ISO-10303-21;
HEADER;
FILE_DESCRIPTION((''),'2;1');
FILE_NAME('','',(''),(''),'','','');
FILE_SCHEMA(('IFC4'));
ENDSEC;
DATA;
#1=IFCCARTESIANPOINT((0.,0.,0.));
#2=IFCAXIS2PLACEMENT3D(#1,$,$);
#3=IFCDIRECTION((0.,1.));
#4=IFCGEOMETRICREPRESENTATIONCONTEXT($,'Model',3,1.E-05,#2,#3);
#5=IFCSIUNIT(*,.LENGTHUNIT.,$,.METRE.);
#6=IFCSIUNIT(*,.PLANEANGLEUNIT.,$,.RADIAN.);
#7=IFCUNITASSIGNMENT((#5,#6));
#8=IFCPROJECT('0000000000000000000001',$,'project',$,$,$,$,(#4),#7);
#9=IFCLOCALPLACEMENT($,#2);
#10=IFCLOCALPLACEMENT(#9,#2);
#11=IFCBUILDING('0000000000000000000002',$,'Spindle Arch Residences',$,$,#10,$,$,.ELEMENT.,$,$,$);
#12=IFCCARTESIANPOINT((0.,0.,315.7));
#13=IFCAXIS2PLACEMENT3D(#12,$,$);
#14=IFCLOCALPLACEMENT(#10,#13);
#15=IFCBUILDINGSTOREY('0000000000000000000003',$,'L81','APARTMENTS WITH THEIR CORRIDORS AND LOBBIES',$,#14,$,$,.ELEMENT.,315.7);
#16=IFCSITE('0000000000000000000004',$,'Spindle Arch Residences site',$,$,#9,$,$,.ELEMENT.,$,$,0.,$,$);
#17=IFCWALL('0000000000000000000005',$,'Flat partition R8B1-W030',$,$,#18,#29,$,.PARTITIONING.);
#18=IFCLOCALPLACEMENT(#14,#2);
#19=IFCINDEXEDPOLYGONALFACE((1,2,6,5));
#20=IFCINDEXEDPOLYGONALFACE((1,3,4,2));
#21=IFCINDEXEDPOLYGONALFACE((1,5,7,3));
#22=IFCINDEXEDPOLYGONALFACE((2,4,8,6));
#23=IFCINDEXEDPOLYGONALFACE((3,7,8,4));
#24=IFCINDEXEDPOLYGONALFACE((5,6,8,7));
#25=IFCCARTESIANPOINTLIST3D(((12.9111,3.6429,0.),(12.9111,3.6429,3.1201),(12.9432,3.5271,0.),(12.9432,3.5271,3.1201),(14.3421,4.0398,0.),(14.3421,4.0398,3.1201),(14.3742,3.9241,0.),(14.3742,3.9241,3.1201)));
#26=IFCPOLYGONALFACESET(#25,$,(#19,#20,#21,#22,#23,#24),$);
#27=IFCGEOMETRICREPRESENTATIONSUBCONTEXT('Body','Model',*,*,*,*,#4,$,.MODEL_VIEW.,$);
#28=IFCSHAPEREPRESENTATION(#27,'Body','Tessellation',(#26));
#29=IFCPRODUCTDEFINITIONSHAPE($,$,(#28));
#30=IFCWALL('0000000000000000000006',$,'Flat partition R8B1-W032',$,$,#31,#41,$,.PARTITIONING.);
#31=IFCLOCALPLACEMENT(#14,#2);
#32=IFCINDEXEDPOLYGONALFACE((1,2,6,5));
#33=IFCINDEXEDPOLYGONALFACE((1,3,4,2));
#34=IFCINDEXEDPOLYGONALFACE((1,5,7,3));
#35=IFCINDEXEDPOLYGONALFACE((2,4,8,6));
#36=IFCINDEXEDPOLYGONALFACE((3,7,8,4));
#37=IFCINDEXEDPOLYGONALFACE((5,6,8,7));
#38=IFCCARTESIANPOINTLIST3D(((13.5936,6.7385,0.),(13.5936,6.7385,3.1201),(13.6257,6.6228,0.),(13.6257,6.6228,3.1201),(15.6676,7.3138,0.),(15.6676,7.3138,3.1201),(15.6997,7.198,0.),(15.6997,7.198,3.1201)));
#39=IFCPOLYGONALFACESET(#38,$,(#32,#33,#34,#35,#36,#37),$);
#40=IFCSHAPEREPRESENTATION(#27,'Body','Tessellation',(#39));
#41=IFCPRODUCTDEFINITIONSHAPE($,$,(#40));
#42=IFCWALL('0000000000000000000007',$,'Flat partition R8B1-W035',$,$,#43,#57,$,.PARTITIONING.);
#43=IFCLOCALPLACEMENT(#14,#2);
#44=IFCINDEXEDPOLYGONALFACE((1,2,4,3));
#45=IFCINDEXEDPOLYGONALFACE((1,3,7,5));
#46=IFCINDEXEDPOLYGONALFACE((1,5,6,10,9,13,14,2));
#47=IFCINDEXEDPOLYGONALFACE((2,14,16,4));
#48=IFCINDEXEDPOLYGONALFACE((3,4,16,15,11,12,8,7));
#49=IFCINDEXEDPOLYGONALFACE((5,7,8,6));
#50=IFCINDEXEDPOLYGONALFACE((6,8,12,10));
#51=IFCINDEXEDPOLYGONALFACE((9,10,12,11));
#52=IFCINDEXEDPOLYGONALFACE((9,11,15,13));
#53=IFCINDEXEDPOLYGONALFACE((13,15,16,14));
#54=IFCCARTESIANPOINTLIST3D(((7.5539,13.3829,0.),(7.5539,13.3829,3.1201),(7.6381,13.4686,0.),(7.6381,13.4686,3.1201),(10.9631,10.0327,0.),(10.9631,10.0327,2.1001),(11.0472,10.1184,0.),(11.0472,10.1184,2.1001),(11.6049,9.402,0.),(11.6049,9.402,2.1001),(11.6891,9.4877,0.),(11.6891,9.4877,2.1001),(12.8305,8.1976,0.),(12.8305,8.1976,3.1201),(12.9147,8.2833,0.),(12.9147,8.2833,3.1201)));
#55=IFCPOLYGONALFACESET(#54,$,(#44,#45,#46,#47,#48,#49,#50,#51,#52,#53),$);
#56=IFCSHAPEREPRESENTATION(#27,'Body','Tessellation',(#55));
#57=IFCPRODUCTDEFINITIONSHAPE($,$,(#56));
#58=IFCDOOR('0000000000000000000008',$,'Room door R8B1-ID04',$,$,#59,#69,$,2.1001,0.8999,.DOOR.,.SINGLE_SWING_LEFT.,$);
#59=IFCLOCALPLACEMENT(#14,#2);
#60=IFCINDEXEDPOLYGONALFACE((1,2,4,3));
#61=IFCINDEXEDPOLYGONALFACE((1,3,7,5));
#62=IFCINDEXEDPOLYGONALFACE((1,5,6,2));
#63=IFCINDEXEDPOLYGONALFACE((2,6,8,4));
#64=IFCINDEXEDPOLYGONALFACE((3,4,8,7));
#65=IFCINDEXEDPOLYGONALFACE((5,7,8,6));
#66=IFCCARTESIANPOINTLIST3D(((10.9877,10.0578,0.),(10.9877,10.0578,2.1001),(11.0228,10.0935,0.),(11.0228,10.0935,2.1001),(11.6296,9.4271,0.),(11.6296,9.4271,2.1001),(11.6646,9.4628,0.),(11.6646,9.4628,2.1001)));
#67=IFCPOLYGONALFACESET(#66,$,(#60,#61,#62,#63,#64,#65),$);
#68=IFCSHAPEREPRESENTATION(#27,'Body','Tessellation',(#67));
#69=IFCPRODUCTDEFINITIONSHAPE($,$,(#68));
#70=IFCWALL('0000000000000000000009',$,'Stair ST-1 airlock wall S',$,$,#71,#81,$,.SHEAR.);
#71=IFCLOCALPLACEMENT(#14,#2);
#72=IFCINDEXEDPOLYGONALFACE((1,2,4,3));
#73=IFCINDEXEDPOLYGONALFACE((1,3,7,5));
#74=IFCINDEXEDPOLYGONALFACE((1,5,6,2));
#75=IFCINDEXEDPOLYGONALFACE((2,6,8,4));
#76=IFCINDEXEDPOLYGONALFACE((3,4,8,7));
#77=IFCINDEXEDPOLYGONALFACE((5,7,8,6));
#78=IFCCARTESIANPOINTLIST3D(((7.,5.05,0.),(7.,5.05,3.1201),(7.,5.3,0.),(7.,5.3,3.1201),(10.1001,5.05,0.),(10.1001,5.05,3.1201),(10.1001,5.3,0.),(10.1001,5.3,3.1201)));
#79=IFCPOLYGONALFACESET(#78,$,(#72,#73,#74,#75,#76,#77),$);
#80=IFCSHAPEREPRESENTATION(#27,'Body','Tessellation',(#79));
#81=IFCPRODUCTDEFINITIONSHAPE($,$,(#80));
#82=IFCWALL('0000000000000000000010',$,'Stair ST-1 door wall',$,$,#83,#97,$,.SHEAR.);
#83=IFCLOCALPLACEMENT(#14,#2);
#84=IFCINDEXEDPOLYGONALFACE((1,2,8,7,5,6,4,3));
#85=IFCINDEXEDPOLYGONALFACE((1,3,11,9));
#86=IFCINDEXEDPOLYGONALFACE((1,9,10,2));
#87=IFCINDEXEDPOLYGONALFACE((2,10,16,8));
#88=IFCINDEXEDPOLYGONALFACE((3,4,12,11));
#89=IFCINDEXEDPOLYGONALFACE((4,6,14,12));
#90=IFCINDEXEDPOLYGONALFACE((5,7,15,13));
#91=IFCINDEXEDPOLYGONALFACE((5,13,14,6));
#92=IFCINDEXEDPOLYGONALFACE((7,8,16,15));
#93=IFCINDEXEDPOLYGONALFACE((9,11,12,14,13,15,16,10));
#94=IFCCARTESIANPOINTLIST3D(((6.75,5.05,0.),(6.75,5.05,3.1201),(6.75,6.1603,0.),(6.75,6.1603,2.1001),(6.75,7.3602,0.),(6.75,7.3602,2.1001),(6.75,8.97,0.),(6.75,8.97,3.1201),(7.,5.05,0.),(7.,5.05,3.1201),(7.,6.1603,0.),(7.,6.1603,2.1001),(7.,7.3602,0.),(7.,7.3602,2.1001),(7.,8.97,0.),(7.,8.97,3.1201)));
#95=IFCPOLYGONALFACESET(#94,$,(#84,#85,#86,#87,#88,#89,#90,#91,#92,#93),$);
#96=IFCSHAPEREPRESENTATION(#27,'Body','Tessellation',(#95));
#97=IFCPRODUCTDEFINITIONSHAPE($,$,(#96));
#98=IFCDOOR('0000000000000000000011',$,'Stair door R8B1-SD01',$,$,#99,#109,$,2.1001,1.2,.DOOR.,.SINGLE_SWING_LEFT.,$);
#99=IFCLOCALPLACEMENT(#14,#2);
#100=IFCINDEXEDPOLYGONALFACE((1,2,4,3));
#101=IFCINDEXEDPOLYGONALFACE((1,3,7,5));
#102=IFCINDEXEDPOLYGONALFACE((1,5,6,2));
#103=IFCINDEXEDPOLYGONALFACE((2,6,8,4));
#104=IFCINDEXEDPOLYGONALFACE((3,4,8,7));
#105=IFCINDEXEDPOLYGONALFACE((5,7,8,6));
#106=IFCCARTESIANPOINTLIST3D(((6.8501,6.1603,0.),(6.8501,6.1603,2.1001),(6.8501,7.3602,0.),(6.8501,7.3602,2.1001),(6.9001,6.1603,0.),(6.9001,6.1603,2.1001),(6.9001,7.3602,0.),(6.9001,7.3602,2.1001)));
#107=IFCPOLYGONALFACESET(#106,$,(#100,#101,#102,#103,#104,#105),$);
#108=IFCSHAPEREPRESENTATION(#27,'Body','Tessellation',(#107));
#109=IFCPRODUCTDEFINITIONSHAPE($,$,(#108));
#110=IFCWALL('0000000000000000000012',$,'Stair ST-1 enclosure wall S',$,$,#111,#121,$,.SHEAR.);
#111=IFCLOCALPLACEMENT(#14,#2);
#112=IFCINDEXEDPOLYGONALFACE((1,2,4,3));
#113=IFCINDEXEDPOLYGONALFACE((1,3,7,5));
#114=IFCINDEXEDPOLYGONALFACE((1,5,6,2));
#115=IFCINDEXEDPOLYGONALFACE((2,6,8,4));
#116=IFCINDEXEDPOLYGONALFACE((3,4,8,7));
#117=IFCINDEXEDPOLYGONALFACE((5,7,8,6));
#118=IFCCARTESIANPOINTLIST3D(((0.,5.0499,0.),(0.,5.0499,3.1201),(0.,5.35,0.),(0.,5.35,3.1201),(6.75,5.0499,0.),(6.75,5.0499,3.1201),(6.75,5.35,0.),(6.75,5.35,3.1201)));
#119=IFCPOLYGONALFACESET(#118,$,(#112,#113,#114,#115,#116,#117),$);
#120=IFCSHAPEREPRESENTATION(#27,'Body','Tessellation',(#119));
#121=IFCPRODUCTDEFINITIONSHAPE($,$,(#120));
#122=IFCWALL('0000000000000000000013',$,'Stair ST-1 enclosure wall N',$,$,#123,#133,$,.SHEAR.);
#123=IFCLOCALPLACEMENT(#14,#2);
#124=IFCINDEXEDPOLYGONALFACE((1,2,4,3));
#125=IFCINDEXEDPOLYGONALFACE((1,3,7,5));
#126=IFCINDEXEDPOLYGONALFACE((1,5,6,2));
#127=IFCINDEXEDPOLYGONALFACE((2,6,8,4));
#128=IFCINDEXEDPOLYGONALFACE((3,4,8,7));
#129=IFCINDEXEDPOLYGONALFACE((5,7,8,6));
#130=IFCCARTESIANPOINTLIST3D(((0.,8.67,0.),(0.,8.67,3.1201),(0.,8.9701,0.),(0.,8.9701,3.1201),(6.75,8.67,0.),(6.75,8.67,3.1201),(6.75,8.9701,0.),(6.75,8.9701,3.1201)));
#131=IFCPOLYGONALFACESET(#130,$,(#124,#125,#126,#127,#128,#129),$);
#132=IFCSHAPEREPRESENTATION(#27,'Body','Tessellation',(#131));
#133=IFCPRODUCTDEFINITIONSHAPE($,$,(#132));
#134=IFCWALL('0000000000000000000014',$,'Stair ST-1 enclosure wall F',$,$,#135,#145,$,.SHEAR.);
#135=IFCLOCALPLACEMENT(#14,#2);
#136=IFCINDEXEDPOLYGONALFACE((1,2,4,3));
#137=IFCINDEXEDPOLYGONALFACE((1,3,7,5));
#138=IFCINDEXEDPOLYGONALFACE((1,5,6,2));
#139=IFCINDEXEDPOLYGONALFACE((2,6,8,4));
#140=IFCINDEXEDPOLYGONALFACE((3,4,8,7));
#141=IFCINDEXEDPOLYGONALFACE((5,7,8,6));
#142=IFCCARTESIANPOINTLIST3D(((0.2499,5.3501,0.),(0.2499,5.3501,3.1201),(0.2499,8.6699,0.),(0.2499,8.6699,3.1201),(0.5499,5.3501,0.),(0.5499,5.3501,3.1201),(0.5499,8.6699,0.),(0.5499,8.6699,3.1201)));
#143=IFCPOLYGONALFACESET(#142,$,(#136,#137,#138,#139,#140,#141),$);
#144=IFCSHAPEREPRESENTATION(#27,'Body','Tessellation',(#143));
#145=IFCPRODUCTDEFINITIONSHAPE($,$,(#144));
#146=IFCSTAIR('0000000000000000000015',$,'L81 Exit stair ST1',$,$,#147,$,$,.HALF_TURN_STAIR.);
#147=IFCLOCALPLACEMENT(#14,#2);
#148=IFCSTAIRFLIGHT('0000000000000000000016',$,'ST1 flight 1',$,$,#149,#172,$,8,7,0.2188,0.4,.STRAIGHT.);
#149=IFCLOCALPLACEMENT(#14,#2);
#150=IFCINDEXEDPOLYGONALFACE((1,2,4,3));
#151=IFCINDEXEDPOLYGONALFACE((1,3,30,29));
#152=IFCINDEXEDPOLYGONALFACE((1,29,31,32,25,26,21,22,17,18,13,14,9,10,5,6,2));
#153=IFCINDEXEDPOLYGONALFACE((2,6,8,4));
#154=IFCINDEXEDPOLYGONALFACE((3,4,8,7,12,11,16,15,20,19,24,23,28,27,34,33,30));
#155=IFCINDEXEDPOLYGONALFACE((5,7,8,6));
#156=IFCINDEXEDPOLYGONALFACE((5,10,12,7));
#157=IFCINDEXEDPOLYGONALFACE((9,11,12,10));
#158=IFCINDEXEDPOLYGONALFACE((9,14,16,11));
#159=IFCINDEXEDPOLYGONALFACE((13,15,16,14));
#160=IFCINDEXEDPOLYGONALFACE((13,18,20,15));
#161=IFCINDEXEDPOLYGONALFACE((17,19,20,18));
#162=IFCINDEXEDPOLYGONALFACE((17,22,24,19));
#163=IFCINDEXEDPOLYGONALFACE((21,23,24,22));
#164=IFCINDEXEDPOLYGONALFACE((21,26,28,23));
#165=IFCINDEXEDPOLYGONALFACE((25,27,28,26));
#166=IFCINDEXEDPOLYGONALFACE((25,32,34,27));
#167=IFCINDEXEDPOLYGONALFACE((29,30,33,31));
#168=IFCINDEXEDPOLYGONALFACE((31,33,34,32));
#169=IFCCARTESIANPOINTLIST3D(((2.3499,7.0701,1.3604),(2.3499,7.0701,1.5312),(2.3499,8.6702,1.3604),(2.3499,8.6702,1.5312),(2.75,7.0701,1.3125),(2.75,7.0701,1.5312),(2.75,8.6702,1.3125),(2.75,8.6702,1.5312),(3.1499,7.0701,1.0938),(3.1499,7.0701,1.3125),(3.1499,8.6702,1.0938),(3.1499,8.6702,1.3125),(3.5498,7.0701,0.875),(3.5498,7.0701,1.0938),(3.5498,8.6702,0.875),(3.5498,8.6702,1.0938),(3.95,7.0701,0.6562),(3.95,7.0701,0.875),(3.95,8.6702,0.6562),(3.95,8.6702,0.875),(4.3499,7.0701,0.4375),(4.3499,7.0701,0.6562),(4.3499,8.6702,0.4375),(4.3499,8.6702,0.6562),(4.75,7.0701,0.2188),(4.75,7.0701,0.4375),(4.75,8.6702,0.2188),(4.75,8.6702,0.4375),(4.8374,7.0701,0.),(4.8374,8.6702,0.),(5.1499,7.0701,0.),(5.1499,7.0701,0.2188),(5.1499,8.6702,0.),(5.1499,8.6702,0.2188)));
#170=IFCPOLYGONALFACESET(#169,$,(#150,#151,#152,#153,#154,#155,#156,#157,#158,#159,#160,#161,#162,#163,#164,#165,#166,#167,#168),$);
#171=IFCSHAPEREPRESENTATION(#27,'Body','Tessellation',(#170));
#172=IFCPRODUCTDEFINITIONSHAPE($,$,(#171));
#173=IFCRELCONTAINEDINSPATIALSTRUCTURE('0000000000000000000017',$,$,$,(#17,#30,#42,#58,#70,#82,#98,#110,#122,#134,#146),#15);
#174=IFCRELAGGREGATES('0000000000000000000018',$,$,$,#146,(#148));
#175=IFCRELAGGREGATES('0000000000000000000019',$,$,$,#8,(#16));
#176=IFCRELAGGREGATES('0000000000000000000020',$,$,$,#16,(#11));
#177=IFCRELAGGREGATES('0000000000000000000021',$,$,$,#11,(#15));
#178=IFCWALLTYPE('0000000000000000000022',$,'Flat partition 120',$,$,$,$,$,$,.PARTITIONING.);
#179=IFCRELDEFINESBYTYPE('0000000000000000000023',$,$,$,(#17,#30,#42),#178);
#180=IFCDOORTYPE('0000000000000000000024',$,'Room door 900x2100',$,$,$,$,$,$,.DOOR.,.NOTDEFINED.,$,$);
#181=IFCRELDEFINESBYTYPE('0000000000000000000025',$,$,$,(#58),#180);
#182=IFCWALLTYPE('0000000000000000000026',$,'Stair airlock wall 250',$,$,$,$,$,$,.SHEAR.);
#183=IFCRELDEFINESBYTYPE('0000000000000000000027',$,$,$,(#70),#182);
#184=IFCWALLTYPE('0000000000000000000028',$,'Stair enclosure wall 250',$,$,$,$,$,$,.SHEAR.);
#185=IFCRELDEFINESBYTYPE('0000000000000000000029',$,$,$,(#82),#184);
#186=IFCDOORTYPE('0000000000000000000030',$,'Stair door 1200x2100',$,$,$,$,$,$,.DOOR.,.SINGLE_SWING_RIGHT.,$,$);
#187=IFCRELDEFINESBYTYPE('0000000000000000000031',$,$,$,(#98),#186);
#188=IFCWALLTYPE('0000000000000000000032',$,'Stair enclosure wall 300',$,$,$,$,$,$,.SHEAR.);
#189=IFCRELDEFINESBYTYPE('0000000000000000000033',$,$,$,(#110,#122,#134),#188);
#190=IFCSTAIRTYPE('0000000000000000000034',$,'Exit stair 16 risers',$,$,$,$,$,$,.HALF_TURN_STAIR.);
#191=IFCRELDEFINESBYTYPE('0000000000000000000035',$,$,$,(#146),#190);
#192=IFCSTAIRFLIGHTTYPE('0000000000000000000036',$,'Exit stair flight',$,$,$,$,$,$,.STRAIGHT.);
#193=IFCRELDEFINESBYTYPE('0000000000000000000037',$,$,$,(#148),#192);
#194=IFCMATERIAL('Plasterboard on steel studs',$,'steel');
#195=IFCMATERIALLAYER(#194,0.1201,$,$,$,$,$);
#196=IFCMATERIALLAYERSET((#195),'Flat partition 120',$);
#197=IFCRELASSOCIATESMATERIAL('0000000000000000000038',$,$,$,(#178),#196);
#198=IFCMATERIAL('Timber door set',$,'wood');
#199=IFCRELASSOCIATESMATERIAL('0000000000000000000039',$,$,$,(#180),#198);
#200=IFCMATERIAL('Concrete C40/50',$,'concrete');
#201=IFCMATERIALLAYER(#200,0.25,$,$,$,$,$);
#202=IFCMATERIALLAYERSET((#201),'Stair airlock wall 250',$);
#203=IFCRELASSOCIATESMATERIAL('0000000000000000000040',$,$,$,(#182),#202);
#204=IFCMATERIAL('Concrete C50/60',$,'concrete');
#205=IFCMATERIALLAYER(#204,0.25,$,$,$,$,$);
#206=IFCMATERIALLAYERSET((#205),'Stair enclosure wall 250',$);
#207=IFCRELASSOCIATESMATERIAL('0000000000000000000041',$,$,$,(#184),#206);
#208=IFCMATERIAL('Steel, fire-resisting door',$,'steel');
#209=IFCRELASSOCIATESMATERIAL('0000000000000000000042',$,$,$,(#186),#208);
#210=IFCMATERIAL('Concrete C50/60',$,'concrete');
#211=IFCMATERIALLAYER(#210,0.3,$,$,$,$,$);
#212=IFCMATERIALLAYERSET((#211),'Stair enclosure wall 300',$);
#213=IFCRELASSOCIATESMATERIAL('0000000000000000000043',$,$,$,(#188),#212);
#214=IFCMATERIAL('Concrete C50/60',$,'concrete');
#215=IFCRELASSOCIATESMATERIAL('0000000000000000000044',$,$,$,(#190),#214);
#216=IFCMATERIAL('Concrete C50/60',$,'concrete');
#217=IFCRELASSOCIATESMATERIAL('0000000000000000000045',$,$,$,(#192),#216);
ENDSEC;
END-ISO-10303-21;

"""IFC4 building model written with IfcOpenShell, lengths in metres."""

from ifc_helpers import new_model, si_unit, direction, frame, frame_2d, origin, place, context, subcontext, project, spatial, polyline, rectangle, outline, extrude, material, layer, layer_set, type_object, element, fill, aggregate, save


model = new_model("IFC4")

# Units and contexts
model_context = context("Model", 3, precision=1e-05, world=origin(), true_north=direction((0.0, 1.0)))
body_context = subcontext(model_context, "Body", "Model", "MODEL_VIEW")
ifc_project = project(units=[si_unit("LENGTHUNIT", "METRE"), si_unit("PLANEANGLEUNIT", "RADIAN")], contexts=[model_context])

# Site, building, storey
site_placement = place(None, origin())
site = spatial("IfcSite", under=ifc_project, at=site_placement, Name="Spindle Arch Residences site", CompositionType="ELEMENT", RefElevation=0.0)
building_placement = place(site_placement, origin())
building = spatial("IfcBuilding", under=site, at=building_placement, Name="Spindle Arch Residences", CompositionType="ELEMENT")
storey_placement = place(building_placement, frame((0.0, 0.0, 315.7)))
storey = spatial("IfcBuildingStorey", under=building, at=storey_placement, Name="L81", Description="APARTMENTS WITH THEIR CORRIDORS AND LOBBIES", CompositionType="ELEMENT", Elevation=315.7)

# Walls
ifc_material_1 = material(Name="Plasterboard on steel studs", Category="steel")
ifc_layer_1 = layer(ifc_material_1, 0.1201)
ifc_layer_set_1 = layer_set([ifc_layer_1], Name="Flat partition 120")
wall_type_1 = type_object("IfcWallType", Name="Flat partition 120", PredefinedType="PARTITIONING", material=ifc_layer_set_1)
wall_1_placement = place(storey_placement, frame((12.927, 3.585, 0.0), z_axis=(0.0, 0.0, 1.0), x_axis=(0.963617, 0.267288, 0.0)))
element("IfcWall", 1, at=wall_1_placement, inside=storey, type_object=wall_type_1, Name="Flat partition R8B1-W030", PredefinedType="PARTITIONING", context=body_context, shape_type="SweptSolid", body=[
    extrude(rectangle(XDim=1.4851, YDim=0.1201, at=frame_2d((0.7427, 0.0))), origin(), (0.0, 0.0, 1.0), 3.1201),
])
wall_2_placement = place(storey_placement, frame((13.6096, 6.6807, 0.0), z_axis=(0.0, 0.0, 1.0), x_axis=(0.963627, 0.267252, 0.0)))
element("IfcWall", 2, at=wall_2_placement, inside=storey, type_object=wall_type_1, Name="Flat partition R8B1-W032", PredefinedType="PARTITIONING", context=body_context, shape_type="SweptSolid", body=[
    extrude(rectangle(XDim=2.1523, YDim=0.1201, at=frame_2d((1.0762, 0.0))), origin(), (0.0, 0.0, 1.0), 3.1201),
])

# Wall, opening, door
wall_3_placement = place(storey_placement, frame((12.8726, 8.2405, 0.0), z_axis=(0.0, 0.0, 1.0), x_axis=(-0.713251, 0.700909, 0.0)))
wall_3 = element("IfcWall", 3, at=wall_3_placement, inside=storey, type_object=wall_type_1, Name="Flat partition R8B1-W035", PredefinedType="PARTITIONING", context=body_context, shape_type="SweptSolid", body=[
    extrude(rectangle(XDim=7.3979, YDim=0.1201, at=frame_2d((3.699, 0.0))), origin(), (0.0, 0.0, 1.0), 3.1201),
])
opening_1_placement = place(wall_3_placement, frame((1.7183, 0.0, 0.0)))
opening_1 = element("IfcOpeningElement", 4, at=opening_1_placement, cuts=wall_3, PredefinedType="OPENING", context=body_context, shape_type="SweptSolid", body=[
    extrude(rectangle(XDim=0.8999, YDim=2.1001, at=frame_2d((0.45, 1.05))), frame((0.0, 0.0701, 0.0), z_axis=(0.0, -1.0, 0.0), x_axis=(1.0, 0.0, 0.0)), (0.0, 0.0, 1.0), 0.1401),
])
ifc_material_2 = material(Name="Timber door set", Category="wood")
door_type_1 = type_object("IfcDoorType", Name="Room door 900x2100", OperationType="NOTDEFINED", PredefinedType="DOOR", material=ifc_material_2)
door_1_placement = place(opening_1_placement, origin())
door_1 = element("IfcDoor", 5, at=door_1_placement, inside=storey, type_object=door_type_1, Name="Room door R8B1-ID04", OperationType="SINGLE_SWING_LEFT", OverallHeight=2.1001, OverallWidth=0.8999, PredefinedType="DOOR", context=body_context, shape_type="SweptSolid", body=[
    extrude(rectangle(XDim=0.8999, YDim=2.1001, at=frame_2d((0.45, 1.05))), frame((0.0, 0.0249, 0.0), z_axis=(0.0, -1.0, 0.0), x_axis=(1.0, 0.0, 0.0)), (0.0, 0.0, 1.0), 0.05),
])
fill(opening_1, door_1)

# Wall
ifc_material_3 = material(Name="Concrete C40/50", Category="concrete")
ifc_layer_2 = layer(ifc_material_3, 0.25)
ifc_layer_set_2 = layer_set([ifc_layer_2], Name="Stair airlock wall 250")
wall_type_2 = type_object("IfcWallType", Name="Stair airlock wall 250", PredefinedType="SHEAR", material=ifc_layer_set_2)
wall_4_placement = place(storey_placement, frame((7.0, 5.175, 0.0), z_axis=(0.0, 0.0, 1.0), x_axis=(1.0, 0.0, 0.0)))
element("IfcWall", 6, at=wall_4_placement, inside=storey, type_object=wall_type_2, Name="Stair ST-1 airlock wall S", PredefinedType="SHEAR", context=body_context, shape_type="SweptSolid", body=[
    extrude(rectangle(XDim=3.1001, YDim=0.25, at=frame_2d((1.55, 0.0))), origin(), (0.0, 0.0, 1.0), 3.1201),
])

# Wall, opening, door
ifc_material_4 = material(Name="Concrete C50/60", Category="concrete")
ifc_layer_3 = layer(ifc_material_4, 0.25)
ifc_layer_set_3 = layer_set([ifc_layer_3], Name="Stair enclosure wall 250")
wall_type_3 = type_object("IfcWallType", Name="Stair enclosure wall 250", PredefinedType="SHEAR", material=ifc_layer_set_3)
wall_5_placement = place(storey_placement, frame((6.875, 5.05, 0.0), z_axis=(0.0, 0.0, 1.0), x_axis=(0.0, 1.0, 0.0)))
wall_5 = element("IfcWall", 7, at=wall_5_placement, inside=storey, type_object=wall_type_3, Name="Stair ST-1 door wall", PredefinedType="SHEAR", context=body_context, shape_type="SweptSolid", body=[
    extrude(rectangle(XDim=3.9199, YDim=0.25, at=frame_2d((1.96, 0.0))), origin(), (0.0, 0.0, 1.0), 3.1201),
])
opening_2_placement = place(wall_5_placement, frame((1.1101, 0.0, 0.0)))
opening_2 = element("IfcOpeningElement", 8, at=opening_2_placement, cuts=wall_5, PredefinedType="OPENING", context=body_context, shape_type="SweptSolid", body=[
    extrude(rectangle(XDim=1.2, YDim=2.1001, at=frame_2d((0.6001, 1.05))), frame((0.0, 0.135, 0.0), z_axis=(0.0, -1.0, 0.0), x_axis=(1.0, 0.0, 0.0)), (0.0, 0.0, 1.0), 0.27),
])
ifc_material_5 = material(Name="Steel, fire-resisting door", Category="steel")
door_type_2 = type_object("IfcDoorType", Name="Stair door 1200x2100", OperationType="SINGLE_SWING_RIGHT", PredefinedType="DOOR", material=ifc_material_5)
door_2_placement = place(opening_2_placement, origin())
door_2 = element("IfcDoor", 9, at=door_2_placement, inside=storey, type_object=door_type_2, Name="Stair door R8B1-SD01", OperationType="SINGLE_SWING_LEFT", OverallHeight=2.1001, OverallWidth=1.2, PredefinedType="DOOR", context=body_context, shape_type="SweptSolid", body=[
    extrude(rectangle(XDim=1.2, YDim=2.1001, at=frame_2d((0.6001, 1.05))), frame((0.0, 0.0249, 0.0), z_axis=(0.0, -1.0, 0.0), x_axis=(1.0, 0.0, 0.0)), (0.0, 0.0, 1.0), 0.05),
])
fill(opening_2, door_2)

# Walls
ifc_material_6 = material(Name="Concrete C50/60", Category="concrete")
ifc_layer_4 = layer(ifc_material_6, 0.3)
ifc_layer_set_4 = layer_set([ifc_layer_4], Name="Stair enclosure wall 300")
wall_type_4 = type_object("IfcWallType", Name="Stair enclosure wall 300", PredefinedType="SHEAR", material=ifc_layer_set_4)
for number, where, z_axis, x_axis, name in (
    (10, (0.0, 5.2, 0.0), (0.0, 0.0, 1.0), (1.0, 0.0, 0.0), "Stair ST-1 enclosure wall S"),
    (11, (0.0, 8.8201, 0.0), (0.0, 0.0, 1.0), (1.0, 0.0, 0.0), "Stair ST-1 enclosure wall N"),
):
    element("IfcWall", number, at=place(storey_placement, frame(where, z_axis=z_axis, x_axis=x_axis)), inside=storey, type_object=wall_type_4, Name=name, PredefinedType="SHEAR", context=body_context, shape_type="SweptSolid", body=[
        extrude(rectangle(XDim=6.75, YDim=0.3, at=frame_2d((3.375, 0.0))), origin(), (0.0, 0.0, 1.0), 3.1201),
    ])
wall_6_placement = place(storey_placement, frame((0.3999, 5.3501, 0.0), z_axis=(0.0, 0.0, 1.0), x_axis=(0.0, 1.0, 0.0)))
element("IfcWall", 12, at=wall_6_placement, inside=storey, type_object=wall_type_4, Name="Stair ST-1 enclosure wall F", PredefinedType="SHEAR", context=body_context, shape_type="SweptSolid", body=[
    extrude(rectangle(XDim=3.3198, YDim=0.3, at=frame_2d((1.6599, 0.0))), origin(), (0.0, 0.0, 1.0), 3.1201),
])

# Stair, stair flight
ifc_material_7 = material(Name="Concrete C50/60", Category="concrete")
stair_type = type_object("IfcStairType", Name="Exit stair 16 risers", PredefinedType="HALF_TURN_STAIR", material=ifc_material_7)
stair_placement = place(storey_placement, origin())
stair = element("IfcStair", 13, at=stair_placement, inside=storey, type_object=stair_type, Name="L81 Exit stair ST1", PredefinedType="HALF_TURN_STAIR")
ifc_material_8 = material(Name="Concrete C50/60", Category="concrete")
stair_flight_type = type_object("IfcStairFlightType", Name="Exit stair flight", PredefinedType="STRAIGHT", material=ifc_material_8)
stair_flight_1_placement = place(storey_placement, frame((5.1499, 7.8701, 0.0), z_axis=(0.0, 0.0, 1.0), x_axis=(-1.0, 0.0, 0.0)))
stair_flight_1 = element("IfcStairFlight", 14, at=stair_flight_1_placement, type_object=stair_flight_type, Name="ST1 flight 1", NumberOfRisers=8, NumberOfTreads=7, PredefinedType="STRAIGHT", RiserHeight=0.2188, TreadLength=0.4, context=body_context, shape_type="SweptSolid", body=[
    extrude(outline(polyline([(0.0, 0.0), (0.0, 0.2188), (0.3999, 0.2188), (0.3999, 0.4375), (0.8, 0.4375), (0.8, 0.6562), (1.2, 0.6562), (1.2, 0.875), (1.6001, 0.875), (1.6001, 1.0938), (2.0, 1.0938), (2.0, 1.3125), (2.3999, 1.3125), (2.3999, 1.5312), (2.8, 1.5312), (2.8, 1.75), (2.8, 1.3604), (0.3125, 0.0), (0.0, 0.0)])), frame((0.0, 0.8, 0.0), z_axis=(0.0, -1.0, 0.0), x_axis=(1.0, 0.0, 0.0)), (0.0, 0.0, 1.0), 1.6001),
])
aggregate(stair, [stair_flight_1])

save(model, "model.ifc")
